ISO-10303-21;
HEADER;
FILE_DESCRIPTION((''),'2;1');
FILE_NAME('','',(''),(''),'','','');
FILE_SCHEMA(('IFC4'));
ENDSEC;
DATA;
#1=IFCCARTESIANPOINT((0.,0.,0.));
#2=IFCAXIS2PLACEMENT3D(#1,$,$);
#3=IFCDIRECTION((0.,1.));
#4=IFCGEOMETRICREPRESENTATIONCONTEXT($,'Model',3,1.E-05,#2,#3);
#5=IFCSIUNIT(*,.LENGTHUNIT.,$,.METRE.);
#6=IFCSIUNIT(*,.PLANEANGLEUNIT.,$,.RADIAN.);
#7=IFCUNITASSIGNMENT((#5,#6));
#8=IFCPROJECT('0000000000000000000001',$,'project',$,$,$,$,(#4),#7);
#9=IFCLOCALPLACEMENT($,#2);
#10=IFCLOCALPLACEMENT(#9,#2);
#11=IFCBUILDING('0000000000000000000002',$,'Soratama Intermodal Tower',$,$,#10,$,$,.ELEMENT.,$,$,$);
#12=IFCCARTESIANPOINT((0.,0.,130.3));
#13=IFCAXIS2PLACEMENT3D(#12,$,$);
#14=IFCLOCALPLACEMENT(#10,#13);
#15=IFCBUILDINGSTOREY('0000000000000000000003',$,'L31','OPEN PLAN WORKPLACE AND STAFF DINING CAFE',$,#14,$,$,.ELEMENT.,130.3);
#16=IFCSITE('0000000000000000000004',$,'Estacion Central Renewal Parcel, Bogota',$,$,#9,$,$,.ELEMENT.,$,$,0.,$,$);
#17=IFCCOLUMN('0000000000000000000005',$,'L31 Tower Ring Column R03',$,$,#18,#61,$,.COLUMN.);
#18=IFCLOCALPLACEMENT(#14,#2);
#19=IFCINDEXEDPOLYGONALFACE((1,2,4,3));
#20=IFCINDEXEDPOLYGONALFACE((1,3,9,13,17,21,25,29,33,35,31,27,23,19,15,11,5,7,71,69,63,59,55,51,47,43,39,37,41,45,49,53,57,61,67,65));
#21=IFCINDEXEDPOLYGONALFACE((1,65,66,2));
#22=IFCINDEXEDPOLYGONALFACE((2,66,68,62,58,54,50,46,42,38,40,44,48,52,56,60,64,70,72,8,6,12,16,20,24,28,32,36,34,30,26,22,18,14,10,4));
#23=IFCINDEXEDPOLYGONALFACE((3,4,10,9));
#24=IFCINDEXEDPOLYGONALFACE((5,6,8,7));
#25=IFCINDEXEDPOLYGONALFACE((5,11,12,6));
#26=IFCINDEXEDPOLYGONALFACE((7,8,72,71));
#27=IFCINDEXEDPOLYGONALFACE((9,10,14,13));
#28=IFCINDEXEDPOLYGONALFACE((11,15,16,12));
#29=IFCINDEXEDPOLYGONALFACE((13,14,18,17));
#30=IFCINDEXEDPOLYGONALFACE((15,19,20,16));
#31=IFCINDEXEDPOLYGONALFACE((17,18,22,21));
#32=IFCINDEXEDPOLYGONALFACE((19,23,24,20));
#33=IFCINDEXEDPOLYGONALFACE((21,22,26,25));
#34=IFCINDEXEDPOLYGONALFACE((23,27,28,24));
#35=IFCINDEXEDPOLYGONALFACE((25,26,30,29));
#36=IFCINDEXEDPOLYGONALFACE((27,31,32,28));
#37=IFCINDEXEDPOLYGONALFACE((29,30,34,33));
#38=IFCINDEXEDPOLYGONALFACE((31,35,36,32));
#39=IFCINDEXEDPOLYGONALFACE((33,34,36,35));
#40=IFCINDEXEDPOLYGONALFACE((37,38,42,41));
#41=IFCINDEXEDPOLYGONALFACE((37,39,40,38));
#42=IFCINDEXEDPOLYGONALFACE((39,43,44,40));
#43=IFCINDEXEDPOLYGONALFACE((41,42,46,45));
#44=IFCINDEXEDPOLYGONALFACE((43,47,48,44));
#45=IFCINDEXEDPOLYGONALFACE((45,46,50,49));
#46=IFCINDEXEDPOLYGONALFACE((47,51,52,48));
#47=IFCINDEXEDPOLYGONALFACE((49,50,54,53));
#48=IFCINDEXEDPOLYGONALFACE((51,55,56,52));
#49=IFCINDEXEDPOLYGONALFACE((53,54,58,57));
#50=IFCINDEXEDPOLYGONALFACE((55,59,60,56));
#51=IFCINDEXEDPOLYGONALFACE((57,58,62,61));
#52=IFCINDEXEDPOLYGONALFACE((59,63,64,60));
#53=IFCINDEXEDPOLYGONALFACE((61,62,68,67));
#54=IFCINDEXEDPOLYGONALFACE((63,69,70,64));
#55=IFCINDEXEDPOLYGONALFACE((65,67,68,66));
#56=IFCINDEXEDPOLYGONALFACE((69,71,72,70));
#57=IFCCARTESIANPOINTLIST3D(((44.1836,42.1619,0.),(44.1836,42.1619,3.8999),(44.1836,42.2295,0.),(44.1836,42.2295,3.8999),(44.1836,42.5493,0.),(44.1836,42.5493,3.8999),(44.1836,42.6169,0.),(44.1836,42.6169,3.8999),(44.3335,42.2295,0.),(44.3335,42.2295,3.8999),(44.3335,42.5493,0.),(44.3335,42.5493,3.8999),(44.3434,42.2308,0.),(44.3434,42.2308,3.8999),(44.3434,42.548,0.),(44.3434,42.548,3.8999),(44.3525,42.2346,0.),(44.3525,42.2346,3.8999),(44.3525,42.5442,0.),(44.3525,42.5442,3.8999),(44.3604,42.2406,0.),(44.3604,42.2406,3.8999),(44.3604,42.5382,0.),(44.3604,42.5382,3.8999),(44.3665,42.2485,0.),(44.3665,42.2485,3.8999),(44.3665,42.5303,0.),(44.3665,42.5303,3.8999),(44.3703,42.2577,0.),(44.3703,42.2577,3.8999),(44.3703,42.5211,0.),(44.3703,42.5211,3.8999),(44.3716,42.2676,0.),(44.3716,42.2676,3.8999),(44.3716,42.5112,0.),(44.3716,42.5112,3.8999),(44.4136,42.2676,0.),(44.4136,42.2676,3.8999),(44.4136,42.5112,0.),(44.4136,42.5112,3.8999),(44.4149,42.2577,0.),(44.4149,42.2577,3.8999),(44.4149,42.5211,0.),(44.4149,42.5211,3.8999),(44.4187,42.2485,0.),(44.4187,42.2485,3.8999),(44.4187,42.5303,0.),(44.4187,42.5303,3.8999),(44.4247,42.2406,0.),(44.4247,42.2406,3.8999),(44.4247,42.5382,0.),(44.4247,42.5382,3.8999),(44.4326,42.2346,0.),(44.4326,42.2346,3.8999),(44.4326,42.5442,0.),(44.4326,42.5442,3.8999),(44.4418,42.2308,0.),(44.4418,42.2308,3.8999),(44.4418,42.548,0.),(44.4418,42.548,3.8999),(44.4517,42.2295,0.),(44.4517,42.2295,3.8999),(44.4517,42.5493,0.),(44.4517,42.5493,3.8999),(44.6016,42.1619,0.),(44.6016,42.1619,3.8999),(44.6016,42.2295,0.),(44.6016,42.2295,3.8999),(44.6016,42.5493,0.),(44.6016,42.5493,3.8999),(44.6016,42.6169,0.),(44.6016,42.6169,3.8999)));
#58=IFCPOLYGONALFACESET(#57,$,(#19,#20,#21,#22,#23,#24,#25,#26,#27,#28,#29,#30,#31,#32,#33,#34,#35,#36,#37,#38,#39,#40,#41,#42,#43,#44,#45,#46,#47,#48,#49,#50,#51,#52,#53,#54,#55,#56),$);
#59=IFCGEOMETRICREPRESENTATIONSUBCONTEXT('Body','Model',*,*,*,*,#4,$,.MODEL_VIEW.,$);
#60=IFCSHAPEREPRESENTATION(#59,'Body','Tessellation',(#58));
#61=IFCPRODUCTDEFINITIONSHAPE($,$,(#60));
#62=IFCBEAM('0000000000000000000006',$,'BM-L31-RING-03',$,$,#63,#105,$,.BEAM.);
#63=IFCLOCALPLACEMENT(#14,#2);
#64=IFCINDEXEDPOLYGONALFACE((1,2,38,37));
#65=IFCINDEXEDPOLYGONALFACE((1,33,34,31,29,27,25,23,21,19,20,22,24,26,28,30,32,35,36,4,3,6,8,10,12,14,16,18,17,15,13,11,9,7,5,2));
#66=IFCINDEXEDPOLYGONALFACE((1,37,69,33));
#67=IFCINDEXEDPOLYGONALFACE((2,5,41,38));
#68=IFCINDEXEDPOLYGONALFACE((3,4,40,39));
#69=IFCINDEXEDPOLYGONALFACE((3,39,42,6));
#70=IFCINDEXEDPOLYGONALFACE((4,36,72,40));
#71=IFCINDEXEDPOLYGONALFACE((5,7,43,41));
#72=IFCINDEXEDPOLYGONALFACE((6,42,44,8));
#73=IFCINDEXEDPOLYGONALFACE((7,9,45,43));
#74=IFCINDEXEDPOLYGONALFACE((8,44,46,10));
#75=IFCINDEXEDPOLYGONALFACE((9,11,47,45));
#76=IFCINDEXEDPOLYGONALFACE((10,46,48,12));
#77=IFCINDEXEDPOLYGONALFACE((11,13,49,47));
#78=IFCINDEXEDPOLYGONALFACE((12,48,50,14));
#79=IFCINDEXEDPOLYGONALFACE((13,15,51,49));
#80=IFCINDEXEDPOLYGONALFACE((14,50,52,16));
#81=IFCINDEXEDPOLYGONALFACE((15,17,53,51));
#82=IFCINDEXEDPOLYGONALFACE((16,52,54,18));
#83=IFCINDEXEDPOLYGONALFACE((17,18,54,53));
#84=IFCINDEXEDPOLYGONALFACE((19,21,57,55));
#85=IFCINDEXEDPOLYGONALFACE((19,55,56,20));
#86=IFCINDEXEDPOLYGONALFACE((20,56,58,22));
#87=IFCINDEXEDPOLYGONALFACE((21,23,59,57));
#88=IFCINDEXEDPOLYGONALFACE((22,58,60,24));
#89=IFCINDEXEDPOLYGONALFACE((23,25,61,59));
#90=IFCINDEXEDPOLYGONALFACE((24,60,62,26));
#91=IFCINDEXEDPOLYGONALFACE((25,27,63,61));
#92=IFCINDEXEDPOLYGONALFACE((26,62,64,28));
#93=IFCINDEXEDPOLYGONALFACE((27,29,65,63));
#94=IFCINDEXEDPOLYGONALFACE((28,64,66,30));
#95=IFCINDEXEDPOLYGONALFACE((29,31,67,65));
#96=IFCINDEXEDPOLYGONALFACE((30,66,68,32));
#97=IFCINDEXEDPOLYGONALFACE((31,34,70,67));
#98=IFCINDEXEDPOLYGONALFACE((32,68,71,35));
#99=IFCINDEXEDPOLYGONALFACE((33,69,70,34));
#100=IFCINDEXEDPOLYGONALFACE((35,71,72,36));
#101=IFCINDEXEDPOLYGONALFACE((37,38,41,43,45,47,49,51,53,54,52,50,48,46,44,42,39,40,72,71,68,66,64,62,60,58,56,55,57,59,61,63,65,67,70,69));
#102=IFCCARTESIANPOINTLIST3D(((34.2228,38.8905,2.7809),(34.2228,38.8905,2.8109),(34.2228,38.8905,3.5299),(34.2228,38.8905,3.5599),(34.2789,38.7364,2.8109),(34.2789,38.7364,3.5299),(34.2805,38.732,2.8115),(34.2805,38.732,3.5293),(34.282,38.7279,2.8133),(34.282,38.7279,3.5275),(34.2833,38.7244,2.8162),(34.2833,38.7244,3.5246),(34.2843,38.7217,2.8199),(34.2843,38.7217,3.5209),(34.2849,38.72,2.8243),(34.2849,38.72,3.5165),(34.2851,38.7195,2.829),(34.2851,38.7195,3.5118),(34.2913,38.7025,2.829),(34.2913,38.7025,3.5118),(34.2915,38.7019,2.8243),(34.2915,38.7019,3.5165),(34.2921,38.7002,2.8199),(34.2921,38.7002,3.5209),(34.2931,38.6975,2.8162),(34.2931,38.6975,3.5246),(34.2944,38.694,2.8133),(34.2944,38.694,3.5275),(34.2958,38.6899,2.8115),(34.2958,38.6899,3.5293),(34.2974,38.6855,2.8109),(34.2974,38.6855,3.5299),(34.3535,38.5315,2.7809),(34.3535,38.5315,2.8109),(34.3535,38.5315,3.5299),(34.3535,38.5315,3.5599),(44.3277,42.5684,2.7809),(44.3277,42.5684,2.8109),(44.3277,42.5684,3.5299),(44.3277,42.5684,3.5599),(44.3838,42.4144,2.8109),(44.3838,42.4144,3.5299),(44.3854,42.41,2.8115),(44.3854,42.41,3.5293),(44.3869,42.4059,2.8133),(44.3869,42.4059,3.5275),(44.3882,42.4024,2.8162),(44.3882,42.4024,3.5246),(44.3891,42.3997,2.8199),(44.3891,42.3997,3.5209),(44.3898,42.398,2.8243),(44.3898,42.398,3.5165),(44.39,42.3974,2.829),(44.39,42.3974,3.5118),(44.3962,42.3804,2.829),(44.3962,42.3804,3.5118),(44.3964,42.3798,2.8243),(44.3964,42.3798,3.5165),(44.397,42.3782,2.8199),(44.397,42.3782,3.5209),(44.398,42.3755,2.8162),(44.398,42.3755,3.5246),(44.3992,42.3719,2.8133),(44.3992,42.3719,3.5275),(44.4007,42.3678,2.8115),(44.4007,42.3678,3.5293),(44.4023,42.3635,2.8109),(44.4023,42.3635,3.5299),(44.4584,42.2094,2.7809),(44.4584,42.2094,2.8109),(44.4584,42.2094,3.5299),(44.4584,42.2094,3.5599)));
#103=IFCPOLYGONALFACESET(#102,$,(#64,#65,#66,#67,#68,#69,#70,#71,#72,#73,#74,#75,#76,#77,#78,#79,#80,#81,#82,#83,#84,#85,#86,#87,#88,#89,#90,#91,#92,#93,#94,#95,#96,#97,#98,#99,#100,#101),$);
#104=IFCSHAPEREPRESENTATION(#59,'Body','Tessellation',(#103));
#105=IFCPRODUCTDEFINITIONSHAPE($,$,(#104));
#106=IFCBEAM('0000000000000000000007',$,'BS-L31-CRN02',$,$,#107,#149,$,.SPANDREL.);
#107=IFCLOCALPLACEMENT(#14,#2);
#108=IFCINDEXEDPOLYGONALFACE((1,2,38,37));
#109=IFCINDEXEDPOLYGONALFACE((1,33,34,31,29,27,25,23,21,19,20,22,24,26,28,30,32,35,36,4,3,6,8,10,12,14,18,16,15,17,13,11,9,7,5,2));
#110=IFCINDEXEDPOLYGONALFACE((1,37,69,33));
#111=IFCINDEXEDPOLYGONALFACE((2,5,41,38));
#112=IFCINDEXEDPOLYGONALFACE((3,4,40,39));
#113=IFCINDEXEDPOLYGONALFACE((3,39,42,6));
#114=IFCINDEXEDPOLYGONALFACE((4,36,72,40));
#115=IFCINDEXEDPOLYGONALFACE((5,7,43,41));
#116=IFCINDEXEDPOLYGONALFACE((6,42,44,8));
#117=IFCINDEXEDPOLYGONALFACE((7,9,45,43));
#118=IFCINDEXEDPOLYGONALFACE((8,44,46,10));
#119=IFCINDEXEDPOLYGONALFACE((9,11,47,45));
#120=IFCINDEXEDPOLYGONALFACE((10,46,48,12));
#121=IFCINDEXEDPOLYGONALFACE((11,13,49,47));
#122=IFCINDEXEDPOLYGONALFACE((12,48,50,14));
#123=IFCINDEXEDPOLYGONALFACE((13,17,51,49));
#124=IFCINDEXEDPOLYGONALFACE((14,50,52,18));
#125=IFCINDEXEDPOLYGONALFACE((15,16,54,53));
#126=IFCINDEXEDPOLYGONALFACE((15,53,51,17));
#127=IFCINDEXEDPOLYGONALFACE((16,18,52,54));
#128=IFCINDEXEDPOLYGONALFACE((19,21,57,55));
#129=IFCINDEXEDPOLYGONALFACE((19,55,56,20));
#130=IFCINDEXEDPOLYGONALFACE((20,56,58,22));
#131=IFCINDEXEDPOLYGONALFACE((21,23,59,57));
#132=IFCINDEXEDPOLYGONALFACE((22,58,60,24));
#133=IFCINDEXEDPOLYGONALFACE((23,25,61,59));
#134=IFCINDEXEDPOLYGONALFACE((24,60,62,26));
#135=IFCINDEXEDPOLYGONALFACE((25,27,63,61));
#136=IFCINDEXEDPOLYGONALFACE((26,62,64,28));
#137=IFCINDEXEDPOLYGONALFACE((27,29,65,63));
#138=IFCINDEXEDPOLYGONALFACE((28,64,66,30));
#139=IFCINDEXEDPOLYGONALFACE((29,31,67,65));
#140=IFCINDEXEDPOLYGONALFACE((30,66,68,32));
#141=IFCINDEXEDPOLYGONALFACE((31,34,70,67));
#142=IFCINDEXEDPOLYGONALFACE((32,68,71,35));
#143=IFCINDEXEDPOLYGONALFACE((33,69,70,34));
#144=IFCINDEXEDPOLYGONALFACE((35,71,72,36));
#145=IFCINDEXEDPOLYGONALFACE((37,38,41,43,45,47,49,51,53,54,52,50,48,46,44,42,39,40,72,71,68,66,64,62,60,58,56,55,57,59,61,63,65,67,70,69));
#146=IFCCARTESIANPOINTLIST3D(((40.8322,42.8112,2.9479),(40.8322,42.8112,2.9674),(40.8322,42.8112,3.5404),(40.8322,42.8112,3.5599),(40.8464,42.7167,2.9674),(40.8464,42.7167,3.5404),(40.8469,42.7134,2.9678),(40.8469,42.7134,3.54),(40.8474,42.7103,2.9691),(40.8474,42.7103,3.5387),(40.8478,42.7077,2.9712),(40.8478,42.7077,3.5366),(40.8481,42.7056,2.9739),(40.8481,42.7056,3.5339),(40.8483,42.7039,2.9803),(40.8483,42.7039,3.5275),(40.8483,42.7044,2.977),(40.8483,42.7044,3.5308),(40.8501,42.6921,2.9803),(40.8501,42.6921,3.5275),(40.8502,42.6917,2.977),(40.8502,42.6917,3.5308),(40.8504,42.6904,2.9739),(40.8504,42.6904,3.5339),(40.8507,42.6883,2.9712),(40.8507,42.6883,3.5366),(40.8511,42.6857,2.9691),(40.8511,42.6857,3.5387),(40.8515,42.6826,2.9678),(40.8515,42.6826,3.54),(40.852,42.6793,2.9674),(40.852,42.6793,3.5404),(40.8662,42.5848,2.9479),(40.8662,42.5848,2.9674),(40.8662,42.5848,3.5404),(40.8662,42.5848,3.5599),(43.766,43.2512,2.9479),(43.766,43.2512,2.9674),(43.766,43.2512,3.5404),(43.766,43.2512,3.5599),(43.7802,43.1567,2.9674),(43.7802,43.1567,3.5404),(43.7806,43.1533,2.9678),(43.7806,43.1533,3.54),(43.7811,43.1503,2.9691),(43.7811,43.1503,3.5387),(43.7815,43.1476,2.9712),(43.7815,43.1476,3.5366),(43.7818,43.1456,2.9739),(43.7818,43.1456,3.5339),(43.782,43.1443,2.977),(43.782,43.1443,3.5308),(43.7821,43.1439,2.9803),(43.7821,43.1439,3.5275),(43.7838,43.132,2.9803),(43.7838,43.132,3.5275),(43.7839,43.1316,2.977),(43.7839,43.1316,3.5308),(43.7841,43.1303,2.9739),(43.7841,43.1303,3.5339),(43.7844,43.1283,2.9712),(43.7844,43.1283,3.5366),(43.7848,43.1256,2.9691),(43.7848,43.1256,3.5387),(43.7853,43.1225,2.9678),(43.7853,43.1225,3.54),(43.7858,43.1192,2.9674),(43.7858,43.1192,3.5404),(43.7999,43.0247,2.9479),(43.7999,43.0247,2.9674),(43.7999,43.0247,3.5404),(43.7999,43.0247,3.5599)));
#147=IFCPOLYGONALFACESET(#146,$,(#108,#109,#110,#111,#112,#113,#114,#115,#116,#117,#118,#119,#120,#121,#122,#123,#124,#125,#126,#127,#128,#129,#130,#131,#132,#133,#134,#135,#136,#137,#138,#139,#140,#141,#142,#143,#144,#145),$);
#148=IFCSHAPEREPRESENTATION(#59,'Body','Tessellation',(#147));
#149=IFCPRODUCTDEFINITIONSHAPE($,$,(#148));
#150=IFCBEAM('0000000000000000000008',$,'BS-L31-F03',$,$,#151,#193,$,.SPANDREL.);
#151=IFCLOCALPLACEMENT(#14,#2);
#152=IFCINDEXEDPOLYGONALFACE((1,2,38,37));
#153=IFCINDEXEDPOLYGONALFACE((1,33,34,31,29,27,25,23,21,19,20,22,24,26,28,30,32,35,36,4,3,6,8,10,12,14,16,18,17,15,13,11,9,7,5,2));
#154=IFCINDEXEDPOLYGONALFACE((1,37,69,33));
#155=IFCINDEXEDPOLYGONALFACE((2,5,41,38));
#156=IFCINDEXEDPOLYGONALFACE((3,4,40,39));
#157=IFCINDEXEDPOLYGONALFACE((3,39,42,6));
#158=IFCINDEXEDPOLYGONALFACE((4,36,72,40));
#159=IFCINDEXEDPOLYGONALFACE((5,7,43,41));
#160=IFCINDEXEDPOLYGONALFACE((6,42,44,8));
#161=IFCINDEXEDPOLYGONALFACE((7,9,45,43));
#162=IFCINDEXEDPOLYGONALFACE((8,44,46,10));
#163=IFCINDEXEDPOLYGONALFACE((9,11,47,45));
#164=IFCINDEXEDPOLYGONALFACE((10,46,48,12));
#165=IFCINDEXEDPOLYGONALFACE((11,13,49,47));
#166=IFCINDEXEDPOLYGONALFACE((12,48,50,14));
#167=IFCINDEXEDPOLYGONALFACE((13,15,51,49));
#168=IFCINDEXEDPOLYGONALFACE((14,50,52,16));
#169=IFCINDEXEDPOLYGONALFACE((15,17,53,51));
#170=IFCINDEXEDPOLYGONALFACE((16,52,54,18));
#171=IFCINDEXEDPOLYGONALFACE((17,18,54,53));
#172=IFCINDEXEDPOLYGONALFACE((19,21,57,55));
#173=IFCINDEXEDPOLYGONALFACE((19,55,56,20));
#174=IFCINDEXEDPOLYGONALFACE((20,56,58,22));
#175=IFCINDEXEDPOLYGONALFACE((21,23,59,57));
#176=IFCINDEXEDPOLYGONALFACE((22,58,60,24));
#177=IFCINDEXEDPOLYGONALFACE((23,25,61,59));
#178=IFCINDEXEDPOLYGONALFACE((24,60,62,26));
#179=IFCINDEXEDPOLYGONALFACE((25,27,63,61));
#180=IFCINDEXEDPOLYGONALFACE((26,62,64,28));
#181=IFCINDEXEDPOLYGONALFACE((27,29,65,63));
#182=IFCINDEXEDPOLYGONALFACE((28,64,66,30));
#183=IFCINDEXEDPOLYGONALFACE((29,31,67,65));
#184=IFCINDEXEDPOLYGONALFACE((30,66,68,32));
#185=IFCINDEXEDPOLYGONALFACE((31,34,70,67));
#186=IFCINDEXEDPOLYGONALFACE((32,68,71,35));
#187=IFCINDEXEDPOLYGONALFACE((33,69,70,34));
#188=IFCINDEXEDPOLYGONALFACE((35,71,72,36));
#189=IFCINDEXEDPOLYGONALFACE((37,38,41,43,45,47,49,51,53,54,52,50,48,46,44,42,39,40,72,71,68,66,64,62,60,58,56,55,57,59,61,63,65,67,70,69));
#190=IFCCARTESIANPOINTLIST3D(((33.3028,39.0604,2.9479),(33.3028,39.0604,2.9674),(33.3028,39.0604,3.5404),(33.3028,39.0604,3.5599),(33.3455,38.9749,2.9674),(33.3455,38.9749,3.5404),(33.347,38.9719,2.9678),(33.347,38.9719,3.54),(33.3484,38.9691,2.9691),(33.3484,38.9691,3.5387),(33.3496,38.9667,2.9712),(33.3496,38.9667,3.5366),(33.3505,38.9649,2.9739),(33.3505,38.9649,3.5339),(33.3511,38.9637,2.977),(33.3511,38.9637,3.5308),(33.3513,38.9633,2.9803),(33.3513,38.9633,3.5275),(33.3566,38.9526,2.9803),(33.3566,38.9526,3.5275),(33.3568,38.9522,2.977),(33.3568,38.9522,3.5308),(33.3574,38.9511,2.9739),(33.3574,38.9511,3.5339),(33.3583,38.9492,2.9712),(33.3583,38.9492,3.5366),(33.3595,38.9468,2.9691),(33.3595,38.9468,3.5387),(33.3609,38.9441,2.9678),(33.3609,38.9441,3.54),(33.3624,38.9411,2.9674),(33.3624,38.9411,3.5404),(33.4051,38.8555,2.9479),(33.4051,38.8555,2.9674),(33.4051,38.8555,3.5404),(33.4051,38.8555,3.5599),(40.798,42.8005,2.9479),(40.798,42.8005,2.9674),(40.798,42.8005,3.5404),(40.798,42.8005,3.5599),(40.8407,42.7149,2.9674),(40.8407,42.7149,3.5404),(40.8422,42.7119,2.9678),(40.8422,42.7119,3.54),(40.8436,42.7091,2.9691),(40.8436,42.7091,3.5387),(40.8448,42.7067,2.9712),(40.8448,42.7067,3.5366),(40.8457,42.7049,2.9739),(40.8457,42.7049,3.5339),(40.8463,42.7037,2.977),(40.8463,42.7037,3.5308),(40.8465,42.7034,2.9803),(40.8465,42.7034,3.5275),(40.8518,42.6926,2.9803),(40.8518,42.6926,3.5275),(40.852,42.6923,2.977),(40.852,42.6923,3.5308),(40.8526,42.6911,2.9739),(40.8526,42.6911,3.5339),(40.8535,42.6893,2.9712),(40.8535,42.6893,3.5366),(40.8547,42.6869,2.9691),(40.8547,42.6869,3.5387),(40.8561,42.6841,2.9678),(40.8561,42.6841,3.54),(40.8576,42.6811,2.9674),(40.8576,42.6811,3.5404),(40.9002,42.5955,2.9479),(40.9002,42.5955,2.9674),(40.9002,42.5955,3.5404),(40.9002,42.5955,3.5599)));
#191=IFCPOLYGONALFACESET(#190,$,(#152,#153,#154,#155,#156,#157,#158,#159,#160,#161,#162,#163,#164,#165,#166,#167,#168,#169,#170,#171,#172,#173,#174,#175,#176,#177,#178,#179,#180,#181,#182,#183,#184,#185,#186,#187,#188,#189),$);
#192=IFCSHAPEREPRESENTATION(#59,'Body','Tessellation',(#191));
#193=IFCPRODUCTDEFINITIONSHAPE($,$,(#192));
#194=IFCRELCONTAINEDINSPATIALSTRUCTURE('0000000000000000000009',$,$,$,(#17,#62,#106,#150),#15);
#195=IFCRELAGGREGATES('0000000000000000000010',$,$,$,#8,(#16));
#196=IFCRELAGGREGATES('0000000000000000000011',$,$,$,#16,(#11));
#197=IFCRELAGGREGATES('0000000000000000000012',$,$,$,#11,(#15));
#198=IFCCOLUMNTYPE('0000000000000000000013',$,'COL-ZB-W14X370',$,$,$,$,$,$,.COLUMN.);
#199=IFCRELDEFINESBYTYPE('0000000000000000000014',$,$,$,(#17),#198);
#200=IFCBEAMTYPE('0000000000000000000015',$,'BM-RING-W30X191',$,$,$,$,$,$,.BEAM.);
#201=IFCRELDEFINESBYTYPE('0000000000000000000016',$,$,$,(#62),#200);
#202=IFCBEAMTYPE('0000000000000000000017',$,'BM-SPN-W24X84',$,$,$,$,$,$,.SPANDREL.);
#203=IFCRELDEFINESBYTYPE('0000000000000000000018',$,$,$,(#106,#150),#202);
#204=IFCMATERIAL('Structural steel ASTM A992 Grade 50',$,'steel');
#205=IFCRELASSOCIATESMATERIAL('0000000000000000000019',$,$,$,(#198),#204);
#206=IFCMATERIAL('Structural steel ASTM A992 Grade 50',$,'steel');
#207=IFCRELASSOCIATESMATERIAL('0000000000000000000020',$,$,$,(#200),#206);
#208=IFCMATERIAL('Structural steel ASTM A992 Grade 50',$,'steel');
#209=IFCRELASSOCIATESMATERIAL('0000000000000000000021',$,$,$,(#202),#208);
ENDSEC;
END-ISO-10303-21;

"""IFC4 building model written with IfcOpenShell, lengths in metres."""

from ifc_helpers import new_model, si_unit, direction, frame, origin, origin_2d, place, context, subcontext, project, spatial, i_section, extrude, material, material_profile, profile_set, type_object, element, save


model = new_model("IFC4")

# Units and contexts
model_context = context("Model", 3, precision=1e-05, world=origin(), true_north=direction((0.0, 1.0)))
body_context = subcontext(model_context, "Body", "Model", "MODEL_VIEW")
ifc_project = project(units=[si_unit("LENGTHUNIT", "METRE"), si_unit("PLANEANGLEUNIT", "RADIAN")], contexts=[model_context])

# Site, building, storey
site_placement = place(None, origin())
site = spatial("IfcSite", under=ifc_project, at=site_placement, Name="Estacion Central Renewal Parcel, Bogota", CompositionType="ELEMENT", RefElevation=0.0)
building_placement = place(site_placement, origin())
building = spatial("IfcBuilding", under=site, at=building_placement, Name="Soratama Intermodal Tower", CompositionType="ELEMENT")
storey_placement = place(building_placement, frame((0.0, 0.0, 130.3)))
storey = spatial("IfcBuildingStorey", under=building, at=storey_placement, Name="L31", Description="OPEN PLAN WORKPLACE AND STAFF DINING CAFE", CompositionType="ELEMENT", Elevation=130.3)

# Column
ifc_material_1 = material(Name="Structural steel ASTM A992 Grade 50", Category="steel")
ifc_material_profile_1 = material_profile(ifc_material_1, i_section(OverallWidth=0.418, OverallDepth=0.4551, WebThickness=0.042, FlangeThickness=0.0676, FilletRadius=0.0381, at=origin_2d()), Name="W14X370")
ifc_profile_set_1 = profile_set([ifc_material_profile_1], Name="Structural steel ASTM A992 Grade 50")
column_type = type_object("IfcColumnType", Name="COL-ZB-W14X370", PredefinedType="COLUMN", material=ifc_profile_set_1)
column_placement = place(storey_placement, frame((44.3926, 42.3894, 0.0), z_axis=(0.0, 0.0, 1.0), x_axis=(1.0, 0.0, 0.0)))
element("IfcColumn", 1, at=column_placement, inside=storey, type_object=column_type, Name="L31 Tower Ring Column R03", PredefinedType="COLUMN", context=body_context, shape_type="SweptSolid", body=[
    extrude(i_section(OverallWidth=0.418, OverallDepth=0.4551, WebThickness=0.042, FlangeThickness=0.0676, FilletRadius=0.0381, at=origin_2d()), origin(), (0.0, 0.0, 1.0), 3.8999),
])

# Beams
ifc_material_2 = material(Name="Structural steel ASTM A992 Grade 50", Category="steel")
ifc_material_profile_2 = material_profile(ifc_material_2, i_section(OverallWidth=0.3821, OverallDepth=0.7791, WebThickness=0.0181, FlangeThickness=0.03, FilletRadius=0.0181, at=origin_2d()), Name="W30X191")
ifc_profile_set_2 = profile_set([ifc_material_profile_2], Name="Structural steel ASTM A992 Grade 50")
beam_type_1 = type_object("IfcBeamType", Name="BM-RING-W30X191", PredefinedType="BEAM", material=ifc_profile_set_2)
beam_1_placement = place(storey_placement, frame((44.3931, 42.3889, 3.1704), z_axis=(-0.939691, -0.342026, 0.0), x_axis=(0.342026, -0.939691, 0.0)))
element("IfcBeam", 2, at=beam_1_placement, inside=storey, type_object=beam_type_1, Name="BM-L31-RING-03", PredefinedType="BEAM", context=body_context, shape_type="SweptSolid", body=[
    extrude(i_section(OverallWidth=0.3821, OverallDepth=0.7791, WebThickness=0.0181, FlangeThickness=0.03, FilletRadius=0.0181, at=origin_2d()), origin(), (0.0, 0.0, 1.0), 10.7534),
])
ifc_material_3 = material(Name="Structural steel ASTM A992 Grade 50", Category="steel")
ifc_material_profile_3 = material_profile(ifc_material_3, i_section(OverallWidth=0.229, OverallDepth=0.6121, WebThickness=0.012, FlangeThickness=0.0195, FilletRadius=0.0129, at=origin_2d()), Name="W24X84")
ifc_profile_set_3 = profile_set([ifc_material_profile_3], Name="Structural steel ASTM A992 Grade 50")
beam_type_2 = type_object("IfcBeamType", Name="BM-SPN-W24X84", PredefinedType="SPANDREL", material=ifc_profile_set_3)
beam_2_placement = place(storey_placement, frame((43.783, 43.1379, 3.2539), z_axis=(-0.988943, -0.148296, 0.0), x_axis=(0.148296, -0.988943, 0.0)))
element("IfcBeam", 3, at=beam_2_placement, inside=storey, type_object=beam_type_2, Name="BS-L31-CRN02", PredefinedType="SPANDREL", context=body_context, shape_type="SweptSolid", body=[
    extrude(i_section(OverallWidth=0.229, OverallDepth=0.6121, WebThickness=0.012, FlangeThickness=0.0195, FilletRadius=0.0129, at=origin_2d()), origin(), (0.0, 0.0, 1.0), 2.9666),
])
beam_3_placement = place(storey_placement, frame((40.8491, 42.698, 3.2539), z_axis=(-0.894788, -0.446491, 0.0), x_axis=(0.446491, -0.894788, 0.0)))
element("IfcBeam", 4, at=beam_3_placement, inside=storey, type_object=beam_type_2, Name="BS-L31-F03", PredefinedType="SPANDREL", context=body_context, shape_type="SweptSolid", body=[
    extrude(i_section(OverallWidth=0.229, OverallDepth=0.6121, WebThickness=0.012, FlangeThickness=0.0195, FilletRadius=0.0129, at=origin_2d()), origin(), (0.0, 0.0, 1.0), 8.3765),
])

save(model, "model.ifc")
